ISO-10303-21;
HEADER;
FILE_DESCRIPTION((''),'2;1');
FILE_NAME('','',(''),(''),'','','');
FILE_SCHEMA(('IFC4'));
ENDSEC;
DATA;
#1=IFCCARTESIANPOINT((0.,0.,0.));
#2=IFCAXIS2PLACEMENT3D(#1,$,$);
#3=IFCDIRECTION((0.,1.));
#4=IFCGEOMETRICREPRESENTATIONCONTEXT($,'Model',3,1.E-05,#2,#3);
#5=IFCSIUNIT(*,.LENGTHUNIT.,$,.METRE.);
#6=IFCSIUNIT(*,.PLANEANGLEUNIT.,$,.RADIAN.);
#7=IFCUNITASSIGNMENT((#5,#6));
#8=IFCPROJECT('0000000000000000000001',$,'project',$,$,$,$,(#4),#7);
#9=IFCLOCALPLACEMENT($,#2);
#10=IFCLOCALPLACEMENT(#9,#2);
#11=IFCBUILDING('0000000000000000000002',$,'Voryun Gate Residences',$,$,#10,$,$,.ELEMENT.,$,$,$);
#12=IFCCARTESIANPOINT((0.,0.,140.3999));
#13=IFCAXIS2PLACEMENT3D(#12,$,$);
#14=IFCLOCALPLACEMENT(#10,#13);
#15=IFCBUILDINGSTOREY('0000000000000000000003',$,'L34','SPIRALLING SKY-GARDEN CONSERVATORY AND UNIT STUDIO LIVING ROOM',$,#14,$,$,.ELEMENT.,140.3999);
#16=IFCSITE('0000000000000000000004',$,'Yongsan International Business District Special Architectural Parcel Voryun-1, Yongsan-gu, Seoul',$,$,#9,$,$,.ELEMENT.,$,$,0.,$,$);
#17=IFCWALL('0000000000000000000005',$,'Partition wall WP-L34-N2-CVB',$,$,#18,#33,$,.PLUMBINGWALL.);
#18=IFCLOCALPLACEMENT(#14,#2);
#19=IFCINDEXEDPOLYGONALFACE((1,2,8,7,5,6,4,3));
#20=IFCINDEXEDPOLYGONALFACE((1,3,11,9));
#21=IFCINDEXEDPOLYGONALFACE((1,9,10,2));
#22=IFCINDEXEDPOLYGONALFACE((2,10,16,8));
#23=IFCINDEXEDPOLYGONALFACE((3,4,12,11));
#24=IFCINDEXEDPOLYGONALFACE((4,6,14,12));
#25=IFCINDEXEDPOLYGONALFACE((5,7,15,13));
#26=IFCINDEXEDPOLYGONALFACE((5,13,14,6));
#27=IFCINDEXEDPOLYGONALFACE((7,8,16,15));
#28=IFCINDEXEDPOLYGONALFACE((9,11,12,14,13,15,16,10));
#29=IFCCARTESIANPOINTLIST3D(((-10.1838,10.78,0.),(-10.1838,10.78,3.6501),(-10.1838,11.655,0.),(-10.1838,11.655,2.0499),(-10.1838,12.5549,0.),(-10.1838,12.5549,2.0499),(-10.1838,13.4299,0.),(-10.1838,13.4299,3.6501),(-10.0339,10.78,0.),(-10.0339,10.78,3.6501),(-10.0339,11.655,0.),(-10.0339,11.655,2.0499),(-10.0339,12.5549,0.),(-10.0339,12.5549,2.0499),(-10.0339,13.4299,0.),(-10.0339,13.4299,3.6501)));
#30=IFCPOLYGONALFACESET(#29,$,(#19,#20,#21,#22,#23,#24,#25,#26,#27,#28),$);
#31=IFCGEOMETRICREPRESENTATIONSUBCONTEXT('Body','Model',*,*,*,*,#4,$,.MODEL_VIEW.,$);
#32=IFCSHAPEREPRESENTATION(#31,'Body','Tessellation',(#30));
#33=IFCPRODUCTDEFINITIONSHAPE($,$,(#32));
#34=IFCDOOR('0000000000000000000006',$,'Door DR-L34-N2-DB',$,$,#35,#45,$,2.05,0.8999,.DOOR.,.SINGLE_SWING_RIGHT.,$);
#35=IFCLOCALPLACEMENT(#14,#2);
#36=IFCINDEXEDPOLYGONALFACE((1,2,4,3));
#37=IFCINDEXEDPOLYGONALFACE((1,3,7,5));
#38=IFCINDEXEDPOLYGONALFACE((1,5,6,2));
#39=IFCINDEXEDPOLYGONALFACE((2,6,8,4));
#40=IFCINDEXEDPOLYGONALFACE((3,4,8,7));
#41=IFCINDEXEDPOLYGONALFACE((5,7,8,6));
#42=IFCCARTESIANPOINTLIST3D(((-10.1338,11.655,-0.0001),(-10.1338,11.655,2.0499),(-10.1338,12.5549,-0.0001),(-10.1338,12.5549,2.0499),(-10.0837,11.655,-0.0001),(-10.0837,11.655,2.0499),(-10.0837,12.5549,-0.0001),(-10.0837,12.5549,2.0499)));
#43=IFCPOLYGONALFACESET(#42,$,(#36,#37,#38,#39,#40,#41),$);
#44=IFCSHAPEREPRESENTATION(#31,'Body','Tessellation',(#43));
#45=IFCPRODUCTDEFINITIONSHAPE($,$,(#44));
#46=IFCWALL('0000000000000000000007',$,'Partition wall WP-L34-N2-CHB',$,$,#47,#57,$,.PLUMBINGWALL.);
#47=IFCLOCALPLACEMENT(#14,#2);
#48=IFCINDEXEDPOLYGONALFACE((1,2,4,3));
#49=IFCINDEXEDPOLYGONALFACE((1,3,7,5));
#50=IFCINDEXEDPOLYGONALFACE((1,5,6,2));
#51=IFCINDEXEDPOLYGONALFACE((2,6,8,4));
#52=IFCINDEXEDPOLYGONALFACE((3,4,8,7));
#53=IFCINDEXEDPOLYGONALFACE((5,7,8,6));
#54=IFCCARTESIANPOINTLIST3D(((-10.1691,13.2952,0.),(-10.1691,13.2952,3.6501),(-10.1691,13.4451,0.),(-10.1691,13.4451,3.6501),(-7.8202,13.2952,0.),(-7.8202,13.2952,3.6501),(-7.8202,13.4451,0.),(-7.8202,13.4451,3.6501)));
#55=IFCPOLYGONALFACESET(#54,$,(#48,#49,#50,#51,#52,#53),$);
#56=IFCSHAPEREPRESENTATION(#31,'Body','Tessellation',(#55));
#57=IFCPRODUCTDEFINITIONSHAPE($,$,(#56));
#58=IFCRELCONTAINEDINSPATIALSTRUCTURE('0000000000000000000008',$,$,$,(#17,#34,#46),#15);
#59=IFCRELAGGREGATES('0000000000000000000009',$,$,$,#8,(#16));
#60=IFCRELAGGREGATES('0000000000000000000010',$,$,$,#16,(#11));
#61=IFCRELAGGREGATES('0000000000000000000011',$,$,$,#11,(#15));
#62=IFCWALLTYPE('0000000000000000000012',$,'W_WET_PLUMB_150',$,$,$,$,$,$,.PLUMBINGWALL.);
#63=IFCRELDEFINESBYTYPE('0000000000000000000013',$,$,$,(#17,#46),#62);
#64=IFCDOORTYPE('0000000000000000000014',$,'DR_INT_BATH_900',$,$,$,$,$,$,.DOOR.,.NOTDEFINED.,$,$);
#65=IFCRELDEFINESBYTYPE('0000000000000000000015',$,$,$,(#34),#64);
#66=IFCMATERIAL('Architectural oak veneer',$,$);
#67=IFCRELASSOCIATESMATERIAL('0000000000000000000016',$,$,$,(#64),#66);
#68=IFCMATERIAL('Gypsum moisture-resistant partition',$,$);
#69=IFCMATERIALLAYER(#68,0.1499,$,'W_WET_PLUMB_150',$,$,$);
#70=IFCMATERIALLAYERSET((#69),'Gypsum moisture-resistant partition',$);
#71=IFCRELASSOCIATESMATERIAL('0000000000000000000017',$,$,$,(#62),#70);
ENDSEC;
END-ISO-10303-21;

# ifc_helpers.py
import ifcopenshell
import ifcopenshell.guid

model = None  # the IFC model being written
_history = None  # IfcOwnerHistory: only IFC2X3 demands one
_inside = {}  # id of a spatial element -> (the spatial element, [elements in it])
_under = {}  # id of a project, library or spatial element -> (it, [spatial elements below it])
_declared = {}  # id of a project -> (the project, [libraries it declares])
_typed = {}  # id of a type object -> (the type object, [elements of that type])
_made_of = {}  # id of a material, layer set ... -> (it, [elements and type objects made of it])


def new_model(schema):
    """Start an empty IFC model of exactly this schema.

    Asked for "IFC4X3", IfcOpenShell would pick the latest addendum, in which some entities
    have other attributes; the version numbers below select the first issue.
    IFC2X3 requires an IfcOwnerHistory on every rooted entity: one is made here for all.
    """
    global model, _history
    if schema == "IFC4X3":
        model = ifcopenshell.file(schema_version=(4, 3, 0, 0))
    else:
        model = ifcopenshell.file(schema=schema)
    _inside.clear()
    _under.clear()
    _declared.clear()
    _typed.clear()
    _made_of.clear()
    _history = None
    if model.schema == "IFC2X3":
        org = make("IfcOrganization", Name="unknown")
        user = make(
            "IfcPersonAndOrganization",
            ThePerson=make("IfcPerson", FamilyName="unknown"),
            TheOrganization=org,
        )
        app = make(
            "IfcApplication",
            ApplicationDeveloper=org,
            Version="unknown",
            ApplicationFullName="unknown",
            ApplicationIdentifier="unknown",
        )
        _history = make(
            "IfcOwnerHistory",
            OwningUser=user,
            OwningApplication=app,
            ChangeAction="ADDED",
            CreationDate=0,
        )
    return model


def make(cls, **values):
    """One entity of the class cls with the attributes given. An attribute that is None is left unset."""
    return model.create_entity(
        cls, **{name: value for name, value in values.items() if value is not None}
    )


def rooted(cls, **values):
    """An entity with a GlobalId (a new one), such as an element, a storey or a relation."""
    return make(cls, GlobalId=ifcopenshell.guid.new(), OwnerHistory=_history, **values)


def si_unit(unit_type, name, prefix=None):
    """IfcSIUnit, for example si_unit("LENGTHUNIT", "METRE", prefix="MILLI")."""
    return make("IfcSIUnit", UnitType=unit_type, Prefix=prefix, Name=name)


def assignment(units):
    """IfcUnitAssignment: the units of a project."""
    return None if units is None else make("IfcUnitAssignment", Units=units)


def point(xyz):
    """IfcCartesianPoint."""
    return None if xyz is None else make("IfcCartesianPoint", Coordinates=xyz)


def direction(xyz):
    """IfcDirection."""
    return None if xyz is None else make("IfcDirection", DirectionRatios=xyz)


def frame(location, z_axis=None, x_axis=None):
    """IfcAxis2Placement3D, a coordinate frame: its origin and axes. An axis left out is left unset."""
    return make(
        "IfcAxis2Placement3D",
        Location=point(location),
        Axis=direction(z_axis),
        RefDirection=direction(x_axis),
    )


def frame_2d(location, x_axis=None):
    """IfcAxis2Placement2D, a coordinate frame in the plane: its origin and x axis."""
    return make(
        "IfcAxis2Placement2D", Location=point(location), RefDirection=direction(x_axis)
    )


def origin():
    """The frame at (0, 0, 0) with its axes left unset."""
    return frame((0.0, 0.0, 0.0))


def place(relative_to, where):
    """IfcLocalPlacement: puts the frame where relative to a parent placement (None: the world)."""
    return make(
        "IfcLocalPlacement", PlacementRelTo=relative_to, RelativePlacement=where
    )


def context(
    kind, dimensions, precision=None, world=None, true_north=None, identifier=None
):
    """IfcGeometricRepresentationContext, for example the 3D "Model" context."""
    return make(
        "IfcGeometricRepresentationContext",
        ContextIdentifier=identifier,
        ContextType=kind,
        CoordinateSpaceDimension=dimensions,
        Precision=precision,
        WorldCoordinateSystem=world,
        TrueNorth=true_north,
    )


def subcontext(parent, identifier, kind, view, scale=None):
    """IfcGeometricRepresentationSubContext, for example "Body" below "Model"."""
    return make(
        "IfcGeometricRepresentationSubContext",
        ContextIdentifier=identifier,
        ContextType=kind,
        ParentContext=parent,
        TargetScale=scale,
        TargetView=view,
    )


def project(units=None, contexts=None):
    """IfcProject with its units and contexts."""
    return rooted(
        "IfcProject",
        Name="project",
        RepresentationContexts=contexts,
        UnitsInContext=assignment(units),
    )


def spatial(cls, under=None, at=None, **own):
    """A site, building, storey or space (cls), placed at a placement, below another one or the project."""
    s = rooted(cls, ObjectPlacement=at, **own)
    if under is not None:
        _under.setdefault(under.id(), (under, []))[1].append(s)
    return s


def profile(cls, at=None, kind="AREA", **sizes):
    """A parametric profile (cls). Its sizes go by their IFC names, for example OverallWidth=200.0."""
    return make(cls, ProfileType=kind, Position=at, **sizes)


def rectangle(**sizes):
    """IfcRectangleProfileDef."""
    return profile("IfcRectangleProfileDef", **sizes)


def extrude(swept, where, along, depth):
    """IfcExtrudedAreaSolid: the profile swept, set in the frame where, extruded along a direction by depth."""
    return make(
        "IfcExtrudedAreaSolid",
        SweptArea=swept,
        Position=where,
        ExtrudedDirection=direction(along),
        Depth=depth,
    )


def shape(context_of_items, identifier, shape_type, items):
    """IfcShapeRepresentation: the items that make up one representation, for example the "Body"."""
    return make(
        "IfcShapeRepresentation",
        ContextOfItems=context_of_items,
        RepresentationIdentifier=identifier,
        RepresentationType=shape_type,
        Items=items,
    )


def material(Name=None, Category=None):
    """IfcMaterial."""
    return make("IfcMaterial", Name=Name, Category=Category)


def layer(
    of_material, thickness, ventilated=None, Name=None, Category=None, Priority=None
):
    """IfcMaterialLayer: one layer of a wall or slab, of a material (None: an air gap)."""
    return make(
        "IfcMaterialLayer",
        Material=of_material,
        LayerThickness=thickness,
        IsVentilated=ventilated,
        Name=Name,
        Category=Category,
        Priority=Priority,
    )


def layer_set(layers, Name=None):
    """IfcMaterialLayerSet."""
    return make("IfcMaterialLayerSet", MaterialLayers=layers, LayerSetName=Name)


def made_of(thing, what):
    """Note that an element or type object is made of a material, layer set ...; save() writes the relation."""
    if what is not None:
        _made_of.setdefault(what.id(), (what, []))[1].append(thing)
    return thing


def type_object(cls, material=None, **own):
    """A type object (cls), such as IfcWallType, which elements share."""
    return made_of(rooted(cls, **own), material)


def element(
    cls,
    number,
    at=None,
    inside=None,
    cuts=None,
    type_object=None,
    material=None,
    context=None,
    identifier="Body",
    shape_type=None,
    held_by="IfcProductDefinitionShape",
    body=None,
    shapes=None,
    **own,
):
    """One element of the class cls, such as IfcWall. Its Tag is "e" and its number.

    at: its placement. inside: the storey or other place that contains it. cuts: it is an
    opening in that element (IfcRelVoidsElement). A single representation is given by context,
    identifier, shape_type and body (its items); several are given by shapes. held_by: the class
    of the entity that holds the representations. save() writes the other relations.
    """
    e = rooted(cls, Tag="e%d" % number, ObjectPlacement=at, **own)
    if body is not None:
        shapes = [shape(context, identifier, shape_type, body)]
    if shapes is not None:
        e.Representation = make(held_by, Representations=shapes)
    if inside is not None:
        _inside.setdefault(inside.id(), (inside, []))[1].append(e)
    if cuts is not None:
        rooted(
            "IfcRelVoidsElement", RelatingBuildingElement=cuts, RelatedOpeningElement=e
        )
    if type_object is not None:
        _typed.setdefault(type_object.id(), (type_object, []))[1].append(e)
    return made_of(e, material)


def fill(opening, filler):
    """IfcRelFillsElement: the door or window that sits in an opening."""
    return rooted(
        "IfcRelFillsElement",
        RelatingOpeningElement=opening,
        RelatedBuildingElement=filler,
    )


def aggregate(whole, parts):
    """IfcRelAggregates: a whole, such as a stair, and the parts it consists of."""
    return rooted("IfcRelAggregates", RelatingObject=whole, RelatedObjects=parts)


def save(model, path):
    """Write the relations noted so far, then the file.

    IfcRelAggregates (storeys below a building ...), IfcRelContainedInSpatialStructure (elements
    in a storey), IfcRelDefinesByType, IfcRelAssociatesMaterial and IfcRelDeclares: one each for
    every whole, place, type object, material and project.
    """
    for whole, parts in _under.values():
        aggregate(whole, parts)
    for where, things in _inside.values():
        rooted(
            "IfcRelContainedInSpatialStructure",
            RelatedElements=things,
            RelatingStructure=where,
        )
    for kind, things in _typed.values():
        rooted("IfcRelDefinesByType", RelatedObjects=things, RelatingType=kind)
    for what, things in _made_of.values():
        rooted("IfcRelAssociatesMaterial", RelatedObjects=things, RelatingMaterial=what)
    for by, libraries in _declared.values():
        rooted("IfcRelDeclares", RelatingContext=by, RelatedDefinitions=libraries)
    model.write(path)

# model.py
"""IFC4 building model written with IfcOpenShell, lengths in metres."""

from ifc_helpers import new_model, si_unit, direction, frame, frame_2d, origin, place, context, subcontext, project, spatial, rectangle, extrude, material, layer, layer_set, type_object, element, fill, save


model = new_model("IFC4")

# Units and contexts
model_context = context("Model", 3, precision=1e-05, world=origin(), true_north=direction((0.0, 1.0)))
body_context = subcontext(model_context, "Body", "Model", "MODEL_VIEW")
ifc_project = project(units=[si_unit("LENGTHUNIT", "METRE"), si_unit("PLANEANGLEUNIT", "RADIAN")], contexts=[model_context])

# Site, building, storey
site_placement = place(None, origin())
site = spatial("IfcSite", under=ifc_project, at=site_placement, Name="Yongsan International Business District Special Architectural Parcel Voryun-1, Yongsan-gu, Seoul", CompositionType="ELEMENT", RefElevation=0.0)
building_placement = place(site_placement, origin())
building = spatial("IfcBuilding", under=site, at=building_placement, Name="Voryun Gate Residences", CompositionType="ELEMENT")
storey_placement = place(building_placement, frame((0.0, 0.0, 140.3999)))
storey = spatial("IfcBuildingStorey", under=building, at=storey_placement, Name="L34", Description="SPIRALLING SKY-GARDEN CONSERVATORY AND UNIT STUDIO LIVING ROOM", CompositionType="ELEMENT", Elevation=140.3999)

# Shared definitions
ifc_material_1 = material(Name="Architectural oak veneer")
door_type = type_object("IfcDoorType", Name="DR_INT_BATH_900", OperationType="NOTDEFINED", PredefinedType="DOOR", material=ifc_material_1)

# Wall, opening, door
ifc_material_2 = material(Name="Gypsum moisture-resistant partition")
ifc_layer_1 = layer(ifc_material_2, 0.1499, Name="W_WET_PLUMB_150")
ifc_layer_set_1 = layer_set([ifc_layer_1], Name="Gypsum moisture-resistant partition")
wall_type_1 = type_object("IfcWallType", Name="W_WET_PLUMB_150", PredefinedType="PLUMBINGWALL", material=ifc_layer_set_1)
wall_1_placement = place(storey_placement, frame((-10.1089, 10.78, 0.0), z_axis=(0.0, 0.0, 1.0), x_axis=(0.0, 1.0, 0.0)))
wall_1 = element("IfcWall", 1, at=wall_1_placement, inside=storey, type_object=wall_type_1, Name="Partition wall WP-L34-N2-CVB", PredefinedType="PLUMBINGWALL", context=body_context, shape_type="SweptSolid", body=[
    extrude(rectangle(XDim=2.6499, YDim=0.1499, at=frame_2d((1.325, 0.0))), origin(), (0.0, 0.0, 1.0), 3.6501),
])
opening_1_placement = place(wall_1_placement, frame((0.875, 0.0, 0.0)))
opening_1 = element("IfcOpeningElement", 2, at=opening_1_placement, cuts=wall_1, PredefinedType="OPENING", context=body_context, shape_type="SweptSolid", body=[
    extrude(rectangle(XDim=0.8999, YDim=2.05, at=frame_2d((0.45, 1.0249))), frame((0.0, 0.085, 0.0), z_axis=(0.0, -1.0, 0.0), x_axis=(1.0, 0.0, 0.0)), (0.0, 0.0, 1.0), 0.1699),
])
door_1_placement = place(opening_1_placement, origin())
door_1 = element("IfcDoor", 3, at=door_1_placement, inside=storey, type_object=door_type, Name="Door DR-L34-N2-DB", OperationType="SINGLE_SWING_RIGHT", OverallHeight=2.05, OverallWidth=0.8999, PredefinedType="DOOR", context=body_context, shape_type="SweptSolid", body=[
    extrude(rectangle(XDim=0.8999, YDim=2.05, at=frame_2d((0.45, 1.0249))), frame((0.0, 0.0249, 0.0), z_axis=(0.0, -1.0, 0.0), x_axis=(1.0, 0.0, 0.0)), (0.0, 0.0, 1.0), 0.05),
])
fill(opening_1, door_1)

# Wall
wall_2_placement = place(storey_placement, frame((-10.1689, 13.3701, 0.0), z_axis=(0.0, 0.0, 1.0), x_axis=(1.0, 0.0, 0.0)))
element("IfcWall", 4, at=wall_2_placement, inside=storey, type_object=wall_type_1, Name="Partition wall WP-L34-N2-CHB", PredefinedType="PLUMBINGWALL", context=body_context, shape_type="SweptSolid", body=[
    extrude(rectangle(XDim=2.3489, YDim=0.1499, at=frame_2d((1.1743, 0.0))), origin(), (0.0, 0.0, 1.0), 3.6501),
])

save(model, "model.ifc")
